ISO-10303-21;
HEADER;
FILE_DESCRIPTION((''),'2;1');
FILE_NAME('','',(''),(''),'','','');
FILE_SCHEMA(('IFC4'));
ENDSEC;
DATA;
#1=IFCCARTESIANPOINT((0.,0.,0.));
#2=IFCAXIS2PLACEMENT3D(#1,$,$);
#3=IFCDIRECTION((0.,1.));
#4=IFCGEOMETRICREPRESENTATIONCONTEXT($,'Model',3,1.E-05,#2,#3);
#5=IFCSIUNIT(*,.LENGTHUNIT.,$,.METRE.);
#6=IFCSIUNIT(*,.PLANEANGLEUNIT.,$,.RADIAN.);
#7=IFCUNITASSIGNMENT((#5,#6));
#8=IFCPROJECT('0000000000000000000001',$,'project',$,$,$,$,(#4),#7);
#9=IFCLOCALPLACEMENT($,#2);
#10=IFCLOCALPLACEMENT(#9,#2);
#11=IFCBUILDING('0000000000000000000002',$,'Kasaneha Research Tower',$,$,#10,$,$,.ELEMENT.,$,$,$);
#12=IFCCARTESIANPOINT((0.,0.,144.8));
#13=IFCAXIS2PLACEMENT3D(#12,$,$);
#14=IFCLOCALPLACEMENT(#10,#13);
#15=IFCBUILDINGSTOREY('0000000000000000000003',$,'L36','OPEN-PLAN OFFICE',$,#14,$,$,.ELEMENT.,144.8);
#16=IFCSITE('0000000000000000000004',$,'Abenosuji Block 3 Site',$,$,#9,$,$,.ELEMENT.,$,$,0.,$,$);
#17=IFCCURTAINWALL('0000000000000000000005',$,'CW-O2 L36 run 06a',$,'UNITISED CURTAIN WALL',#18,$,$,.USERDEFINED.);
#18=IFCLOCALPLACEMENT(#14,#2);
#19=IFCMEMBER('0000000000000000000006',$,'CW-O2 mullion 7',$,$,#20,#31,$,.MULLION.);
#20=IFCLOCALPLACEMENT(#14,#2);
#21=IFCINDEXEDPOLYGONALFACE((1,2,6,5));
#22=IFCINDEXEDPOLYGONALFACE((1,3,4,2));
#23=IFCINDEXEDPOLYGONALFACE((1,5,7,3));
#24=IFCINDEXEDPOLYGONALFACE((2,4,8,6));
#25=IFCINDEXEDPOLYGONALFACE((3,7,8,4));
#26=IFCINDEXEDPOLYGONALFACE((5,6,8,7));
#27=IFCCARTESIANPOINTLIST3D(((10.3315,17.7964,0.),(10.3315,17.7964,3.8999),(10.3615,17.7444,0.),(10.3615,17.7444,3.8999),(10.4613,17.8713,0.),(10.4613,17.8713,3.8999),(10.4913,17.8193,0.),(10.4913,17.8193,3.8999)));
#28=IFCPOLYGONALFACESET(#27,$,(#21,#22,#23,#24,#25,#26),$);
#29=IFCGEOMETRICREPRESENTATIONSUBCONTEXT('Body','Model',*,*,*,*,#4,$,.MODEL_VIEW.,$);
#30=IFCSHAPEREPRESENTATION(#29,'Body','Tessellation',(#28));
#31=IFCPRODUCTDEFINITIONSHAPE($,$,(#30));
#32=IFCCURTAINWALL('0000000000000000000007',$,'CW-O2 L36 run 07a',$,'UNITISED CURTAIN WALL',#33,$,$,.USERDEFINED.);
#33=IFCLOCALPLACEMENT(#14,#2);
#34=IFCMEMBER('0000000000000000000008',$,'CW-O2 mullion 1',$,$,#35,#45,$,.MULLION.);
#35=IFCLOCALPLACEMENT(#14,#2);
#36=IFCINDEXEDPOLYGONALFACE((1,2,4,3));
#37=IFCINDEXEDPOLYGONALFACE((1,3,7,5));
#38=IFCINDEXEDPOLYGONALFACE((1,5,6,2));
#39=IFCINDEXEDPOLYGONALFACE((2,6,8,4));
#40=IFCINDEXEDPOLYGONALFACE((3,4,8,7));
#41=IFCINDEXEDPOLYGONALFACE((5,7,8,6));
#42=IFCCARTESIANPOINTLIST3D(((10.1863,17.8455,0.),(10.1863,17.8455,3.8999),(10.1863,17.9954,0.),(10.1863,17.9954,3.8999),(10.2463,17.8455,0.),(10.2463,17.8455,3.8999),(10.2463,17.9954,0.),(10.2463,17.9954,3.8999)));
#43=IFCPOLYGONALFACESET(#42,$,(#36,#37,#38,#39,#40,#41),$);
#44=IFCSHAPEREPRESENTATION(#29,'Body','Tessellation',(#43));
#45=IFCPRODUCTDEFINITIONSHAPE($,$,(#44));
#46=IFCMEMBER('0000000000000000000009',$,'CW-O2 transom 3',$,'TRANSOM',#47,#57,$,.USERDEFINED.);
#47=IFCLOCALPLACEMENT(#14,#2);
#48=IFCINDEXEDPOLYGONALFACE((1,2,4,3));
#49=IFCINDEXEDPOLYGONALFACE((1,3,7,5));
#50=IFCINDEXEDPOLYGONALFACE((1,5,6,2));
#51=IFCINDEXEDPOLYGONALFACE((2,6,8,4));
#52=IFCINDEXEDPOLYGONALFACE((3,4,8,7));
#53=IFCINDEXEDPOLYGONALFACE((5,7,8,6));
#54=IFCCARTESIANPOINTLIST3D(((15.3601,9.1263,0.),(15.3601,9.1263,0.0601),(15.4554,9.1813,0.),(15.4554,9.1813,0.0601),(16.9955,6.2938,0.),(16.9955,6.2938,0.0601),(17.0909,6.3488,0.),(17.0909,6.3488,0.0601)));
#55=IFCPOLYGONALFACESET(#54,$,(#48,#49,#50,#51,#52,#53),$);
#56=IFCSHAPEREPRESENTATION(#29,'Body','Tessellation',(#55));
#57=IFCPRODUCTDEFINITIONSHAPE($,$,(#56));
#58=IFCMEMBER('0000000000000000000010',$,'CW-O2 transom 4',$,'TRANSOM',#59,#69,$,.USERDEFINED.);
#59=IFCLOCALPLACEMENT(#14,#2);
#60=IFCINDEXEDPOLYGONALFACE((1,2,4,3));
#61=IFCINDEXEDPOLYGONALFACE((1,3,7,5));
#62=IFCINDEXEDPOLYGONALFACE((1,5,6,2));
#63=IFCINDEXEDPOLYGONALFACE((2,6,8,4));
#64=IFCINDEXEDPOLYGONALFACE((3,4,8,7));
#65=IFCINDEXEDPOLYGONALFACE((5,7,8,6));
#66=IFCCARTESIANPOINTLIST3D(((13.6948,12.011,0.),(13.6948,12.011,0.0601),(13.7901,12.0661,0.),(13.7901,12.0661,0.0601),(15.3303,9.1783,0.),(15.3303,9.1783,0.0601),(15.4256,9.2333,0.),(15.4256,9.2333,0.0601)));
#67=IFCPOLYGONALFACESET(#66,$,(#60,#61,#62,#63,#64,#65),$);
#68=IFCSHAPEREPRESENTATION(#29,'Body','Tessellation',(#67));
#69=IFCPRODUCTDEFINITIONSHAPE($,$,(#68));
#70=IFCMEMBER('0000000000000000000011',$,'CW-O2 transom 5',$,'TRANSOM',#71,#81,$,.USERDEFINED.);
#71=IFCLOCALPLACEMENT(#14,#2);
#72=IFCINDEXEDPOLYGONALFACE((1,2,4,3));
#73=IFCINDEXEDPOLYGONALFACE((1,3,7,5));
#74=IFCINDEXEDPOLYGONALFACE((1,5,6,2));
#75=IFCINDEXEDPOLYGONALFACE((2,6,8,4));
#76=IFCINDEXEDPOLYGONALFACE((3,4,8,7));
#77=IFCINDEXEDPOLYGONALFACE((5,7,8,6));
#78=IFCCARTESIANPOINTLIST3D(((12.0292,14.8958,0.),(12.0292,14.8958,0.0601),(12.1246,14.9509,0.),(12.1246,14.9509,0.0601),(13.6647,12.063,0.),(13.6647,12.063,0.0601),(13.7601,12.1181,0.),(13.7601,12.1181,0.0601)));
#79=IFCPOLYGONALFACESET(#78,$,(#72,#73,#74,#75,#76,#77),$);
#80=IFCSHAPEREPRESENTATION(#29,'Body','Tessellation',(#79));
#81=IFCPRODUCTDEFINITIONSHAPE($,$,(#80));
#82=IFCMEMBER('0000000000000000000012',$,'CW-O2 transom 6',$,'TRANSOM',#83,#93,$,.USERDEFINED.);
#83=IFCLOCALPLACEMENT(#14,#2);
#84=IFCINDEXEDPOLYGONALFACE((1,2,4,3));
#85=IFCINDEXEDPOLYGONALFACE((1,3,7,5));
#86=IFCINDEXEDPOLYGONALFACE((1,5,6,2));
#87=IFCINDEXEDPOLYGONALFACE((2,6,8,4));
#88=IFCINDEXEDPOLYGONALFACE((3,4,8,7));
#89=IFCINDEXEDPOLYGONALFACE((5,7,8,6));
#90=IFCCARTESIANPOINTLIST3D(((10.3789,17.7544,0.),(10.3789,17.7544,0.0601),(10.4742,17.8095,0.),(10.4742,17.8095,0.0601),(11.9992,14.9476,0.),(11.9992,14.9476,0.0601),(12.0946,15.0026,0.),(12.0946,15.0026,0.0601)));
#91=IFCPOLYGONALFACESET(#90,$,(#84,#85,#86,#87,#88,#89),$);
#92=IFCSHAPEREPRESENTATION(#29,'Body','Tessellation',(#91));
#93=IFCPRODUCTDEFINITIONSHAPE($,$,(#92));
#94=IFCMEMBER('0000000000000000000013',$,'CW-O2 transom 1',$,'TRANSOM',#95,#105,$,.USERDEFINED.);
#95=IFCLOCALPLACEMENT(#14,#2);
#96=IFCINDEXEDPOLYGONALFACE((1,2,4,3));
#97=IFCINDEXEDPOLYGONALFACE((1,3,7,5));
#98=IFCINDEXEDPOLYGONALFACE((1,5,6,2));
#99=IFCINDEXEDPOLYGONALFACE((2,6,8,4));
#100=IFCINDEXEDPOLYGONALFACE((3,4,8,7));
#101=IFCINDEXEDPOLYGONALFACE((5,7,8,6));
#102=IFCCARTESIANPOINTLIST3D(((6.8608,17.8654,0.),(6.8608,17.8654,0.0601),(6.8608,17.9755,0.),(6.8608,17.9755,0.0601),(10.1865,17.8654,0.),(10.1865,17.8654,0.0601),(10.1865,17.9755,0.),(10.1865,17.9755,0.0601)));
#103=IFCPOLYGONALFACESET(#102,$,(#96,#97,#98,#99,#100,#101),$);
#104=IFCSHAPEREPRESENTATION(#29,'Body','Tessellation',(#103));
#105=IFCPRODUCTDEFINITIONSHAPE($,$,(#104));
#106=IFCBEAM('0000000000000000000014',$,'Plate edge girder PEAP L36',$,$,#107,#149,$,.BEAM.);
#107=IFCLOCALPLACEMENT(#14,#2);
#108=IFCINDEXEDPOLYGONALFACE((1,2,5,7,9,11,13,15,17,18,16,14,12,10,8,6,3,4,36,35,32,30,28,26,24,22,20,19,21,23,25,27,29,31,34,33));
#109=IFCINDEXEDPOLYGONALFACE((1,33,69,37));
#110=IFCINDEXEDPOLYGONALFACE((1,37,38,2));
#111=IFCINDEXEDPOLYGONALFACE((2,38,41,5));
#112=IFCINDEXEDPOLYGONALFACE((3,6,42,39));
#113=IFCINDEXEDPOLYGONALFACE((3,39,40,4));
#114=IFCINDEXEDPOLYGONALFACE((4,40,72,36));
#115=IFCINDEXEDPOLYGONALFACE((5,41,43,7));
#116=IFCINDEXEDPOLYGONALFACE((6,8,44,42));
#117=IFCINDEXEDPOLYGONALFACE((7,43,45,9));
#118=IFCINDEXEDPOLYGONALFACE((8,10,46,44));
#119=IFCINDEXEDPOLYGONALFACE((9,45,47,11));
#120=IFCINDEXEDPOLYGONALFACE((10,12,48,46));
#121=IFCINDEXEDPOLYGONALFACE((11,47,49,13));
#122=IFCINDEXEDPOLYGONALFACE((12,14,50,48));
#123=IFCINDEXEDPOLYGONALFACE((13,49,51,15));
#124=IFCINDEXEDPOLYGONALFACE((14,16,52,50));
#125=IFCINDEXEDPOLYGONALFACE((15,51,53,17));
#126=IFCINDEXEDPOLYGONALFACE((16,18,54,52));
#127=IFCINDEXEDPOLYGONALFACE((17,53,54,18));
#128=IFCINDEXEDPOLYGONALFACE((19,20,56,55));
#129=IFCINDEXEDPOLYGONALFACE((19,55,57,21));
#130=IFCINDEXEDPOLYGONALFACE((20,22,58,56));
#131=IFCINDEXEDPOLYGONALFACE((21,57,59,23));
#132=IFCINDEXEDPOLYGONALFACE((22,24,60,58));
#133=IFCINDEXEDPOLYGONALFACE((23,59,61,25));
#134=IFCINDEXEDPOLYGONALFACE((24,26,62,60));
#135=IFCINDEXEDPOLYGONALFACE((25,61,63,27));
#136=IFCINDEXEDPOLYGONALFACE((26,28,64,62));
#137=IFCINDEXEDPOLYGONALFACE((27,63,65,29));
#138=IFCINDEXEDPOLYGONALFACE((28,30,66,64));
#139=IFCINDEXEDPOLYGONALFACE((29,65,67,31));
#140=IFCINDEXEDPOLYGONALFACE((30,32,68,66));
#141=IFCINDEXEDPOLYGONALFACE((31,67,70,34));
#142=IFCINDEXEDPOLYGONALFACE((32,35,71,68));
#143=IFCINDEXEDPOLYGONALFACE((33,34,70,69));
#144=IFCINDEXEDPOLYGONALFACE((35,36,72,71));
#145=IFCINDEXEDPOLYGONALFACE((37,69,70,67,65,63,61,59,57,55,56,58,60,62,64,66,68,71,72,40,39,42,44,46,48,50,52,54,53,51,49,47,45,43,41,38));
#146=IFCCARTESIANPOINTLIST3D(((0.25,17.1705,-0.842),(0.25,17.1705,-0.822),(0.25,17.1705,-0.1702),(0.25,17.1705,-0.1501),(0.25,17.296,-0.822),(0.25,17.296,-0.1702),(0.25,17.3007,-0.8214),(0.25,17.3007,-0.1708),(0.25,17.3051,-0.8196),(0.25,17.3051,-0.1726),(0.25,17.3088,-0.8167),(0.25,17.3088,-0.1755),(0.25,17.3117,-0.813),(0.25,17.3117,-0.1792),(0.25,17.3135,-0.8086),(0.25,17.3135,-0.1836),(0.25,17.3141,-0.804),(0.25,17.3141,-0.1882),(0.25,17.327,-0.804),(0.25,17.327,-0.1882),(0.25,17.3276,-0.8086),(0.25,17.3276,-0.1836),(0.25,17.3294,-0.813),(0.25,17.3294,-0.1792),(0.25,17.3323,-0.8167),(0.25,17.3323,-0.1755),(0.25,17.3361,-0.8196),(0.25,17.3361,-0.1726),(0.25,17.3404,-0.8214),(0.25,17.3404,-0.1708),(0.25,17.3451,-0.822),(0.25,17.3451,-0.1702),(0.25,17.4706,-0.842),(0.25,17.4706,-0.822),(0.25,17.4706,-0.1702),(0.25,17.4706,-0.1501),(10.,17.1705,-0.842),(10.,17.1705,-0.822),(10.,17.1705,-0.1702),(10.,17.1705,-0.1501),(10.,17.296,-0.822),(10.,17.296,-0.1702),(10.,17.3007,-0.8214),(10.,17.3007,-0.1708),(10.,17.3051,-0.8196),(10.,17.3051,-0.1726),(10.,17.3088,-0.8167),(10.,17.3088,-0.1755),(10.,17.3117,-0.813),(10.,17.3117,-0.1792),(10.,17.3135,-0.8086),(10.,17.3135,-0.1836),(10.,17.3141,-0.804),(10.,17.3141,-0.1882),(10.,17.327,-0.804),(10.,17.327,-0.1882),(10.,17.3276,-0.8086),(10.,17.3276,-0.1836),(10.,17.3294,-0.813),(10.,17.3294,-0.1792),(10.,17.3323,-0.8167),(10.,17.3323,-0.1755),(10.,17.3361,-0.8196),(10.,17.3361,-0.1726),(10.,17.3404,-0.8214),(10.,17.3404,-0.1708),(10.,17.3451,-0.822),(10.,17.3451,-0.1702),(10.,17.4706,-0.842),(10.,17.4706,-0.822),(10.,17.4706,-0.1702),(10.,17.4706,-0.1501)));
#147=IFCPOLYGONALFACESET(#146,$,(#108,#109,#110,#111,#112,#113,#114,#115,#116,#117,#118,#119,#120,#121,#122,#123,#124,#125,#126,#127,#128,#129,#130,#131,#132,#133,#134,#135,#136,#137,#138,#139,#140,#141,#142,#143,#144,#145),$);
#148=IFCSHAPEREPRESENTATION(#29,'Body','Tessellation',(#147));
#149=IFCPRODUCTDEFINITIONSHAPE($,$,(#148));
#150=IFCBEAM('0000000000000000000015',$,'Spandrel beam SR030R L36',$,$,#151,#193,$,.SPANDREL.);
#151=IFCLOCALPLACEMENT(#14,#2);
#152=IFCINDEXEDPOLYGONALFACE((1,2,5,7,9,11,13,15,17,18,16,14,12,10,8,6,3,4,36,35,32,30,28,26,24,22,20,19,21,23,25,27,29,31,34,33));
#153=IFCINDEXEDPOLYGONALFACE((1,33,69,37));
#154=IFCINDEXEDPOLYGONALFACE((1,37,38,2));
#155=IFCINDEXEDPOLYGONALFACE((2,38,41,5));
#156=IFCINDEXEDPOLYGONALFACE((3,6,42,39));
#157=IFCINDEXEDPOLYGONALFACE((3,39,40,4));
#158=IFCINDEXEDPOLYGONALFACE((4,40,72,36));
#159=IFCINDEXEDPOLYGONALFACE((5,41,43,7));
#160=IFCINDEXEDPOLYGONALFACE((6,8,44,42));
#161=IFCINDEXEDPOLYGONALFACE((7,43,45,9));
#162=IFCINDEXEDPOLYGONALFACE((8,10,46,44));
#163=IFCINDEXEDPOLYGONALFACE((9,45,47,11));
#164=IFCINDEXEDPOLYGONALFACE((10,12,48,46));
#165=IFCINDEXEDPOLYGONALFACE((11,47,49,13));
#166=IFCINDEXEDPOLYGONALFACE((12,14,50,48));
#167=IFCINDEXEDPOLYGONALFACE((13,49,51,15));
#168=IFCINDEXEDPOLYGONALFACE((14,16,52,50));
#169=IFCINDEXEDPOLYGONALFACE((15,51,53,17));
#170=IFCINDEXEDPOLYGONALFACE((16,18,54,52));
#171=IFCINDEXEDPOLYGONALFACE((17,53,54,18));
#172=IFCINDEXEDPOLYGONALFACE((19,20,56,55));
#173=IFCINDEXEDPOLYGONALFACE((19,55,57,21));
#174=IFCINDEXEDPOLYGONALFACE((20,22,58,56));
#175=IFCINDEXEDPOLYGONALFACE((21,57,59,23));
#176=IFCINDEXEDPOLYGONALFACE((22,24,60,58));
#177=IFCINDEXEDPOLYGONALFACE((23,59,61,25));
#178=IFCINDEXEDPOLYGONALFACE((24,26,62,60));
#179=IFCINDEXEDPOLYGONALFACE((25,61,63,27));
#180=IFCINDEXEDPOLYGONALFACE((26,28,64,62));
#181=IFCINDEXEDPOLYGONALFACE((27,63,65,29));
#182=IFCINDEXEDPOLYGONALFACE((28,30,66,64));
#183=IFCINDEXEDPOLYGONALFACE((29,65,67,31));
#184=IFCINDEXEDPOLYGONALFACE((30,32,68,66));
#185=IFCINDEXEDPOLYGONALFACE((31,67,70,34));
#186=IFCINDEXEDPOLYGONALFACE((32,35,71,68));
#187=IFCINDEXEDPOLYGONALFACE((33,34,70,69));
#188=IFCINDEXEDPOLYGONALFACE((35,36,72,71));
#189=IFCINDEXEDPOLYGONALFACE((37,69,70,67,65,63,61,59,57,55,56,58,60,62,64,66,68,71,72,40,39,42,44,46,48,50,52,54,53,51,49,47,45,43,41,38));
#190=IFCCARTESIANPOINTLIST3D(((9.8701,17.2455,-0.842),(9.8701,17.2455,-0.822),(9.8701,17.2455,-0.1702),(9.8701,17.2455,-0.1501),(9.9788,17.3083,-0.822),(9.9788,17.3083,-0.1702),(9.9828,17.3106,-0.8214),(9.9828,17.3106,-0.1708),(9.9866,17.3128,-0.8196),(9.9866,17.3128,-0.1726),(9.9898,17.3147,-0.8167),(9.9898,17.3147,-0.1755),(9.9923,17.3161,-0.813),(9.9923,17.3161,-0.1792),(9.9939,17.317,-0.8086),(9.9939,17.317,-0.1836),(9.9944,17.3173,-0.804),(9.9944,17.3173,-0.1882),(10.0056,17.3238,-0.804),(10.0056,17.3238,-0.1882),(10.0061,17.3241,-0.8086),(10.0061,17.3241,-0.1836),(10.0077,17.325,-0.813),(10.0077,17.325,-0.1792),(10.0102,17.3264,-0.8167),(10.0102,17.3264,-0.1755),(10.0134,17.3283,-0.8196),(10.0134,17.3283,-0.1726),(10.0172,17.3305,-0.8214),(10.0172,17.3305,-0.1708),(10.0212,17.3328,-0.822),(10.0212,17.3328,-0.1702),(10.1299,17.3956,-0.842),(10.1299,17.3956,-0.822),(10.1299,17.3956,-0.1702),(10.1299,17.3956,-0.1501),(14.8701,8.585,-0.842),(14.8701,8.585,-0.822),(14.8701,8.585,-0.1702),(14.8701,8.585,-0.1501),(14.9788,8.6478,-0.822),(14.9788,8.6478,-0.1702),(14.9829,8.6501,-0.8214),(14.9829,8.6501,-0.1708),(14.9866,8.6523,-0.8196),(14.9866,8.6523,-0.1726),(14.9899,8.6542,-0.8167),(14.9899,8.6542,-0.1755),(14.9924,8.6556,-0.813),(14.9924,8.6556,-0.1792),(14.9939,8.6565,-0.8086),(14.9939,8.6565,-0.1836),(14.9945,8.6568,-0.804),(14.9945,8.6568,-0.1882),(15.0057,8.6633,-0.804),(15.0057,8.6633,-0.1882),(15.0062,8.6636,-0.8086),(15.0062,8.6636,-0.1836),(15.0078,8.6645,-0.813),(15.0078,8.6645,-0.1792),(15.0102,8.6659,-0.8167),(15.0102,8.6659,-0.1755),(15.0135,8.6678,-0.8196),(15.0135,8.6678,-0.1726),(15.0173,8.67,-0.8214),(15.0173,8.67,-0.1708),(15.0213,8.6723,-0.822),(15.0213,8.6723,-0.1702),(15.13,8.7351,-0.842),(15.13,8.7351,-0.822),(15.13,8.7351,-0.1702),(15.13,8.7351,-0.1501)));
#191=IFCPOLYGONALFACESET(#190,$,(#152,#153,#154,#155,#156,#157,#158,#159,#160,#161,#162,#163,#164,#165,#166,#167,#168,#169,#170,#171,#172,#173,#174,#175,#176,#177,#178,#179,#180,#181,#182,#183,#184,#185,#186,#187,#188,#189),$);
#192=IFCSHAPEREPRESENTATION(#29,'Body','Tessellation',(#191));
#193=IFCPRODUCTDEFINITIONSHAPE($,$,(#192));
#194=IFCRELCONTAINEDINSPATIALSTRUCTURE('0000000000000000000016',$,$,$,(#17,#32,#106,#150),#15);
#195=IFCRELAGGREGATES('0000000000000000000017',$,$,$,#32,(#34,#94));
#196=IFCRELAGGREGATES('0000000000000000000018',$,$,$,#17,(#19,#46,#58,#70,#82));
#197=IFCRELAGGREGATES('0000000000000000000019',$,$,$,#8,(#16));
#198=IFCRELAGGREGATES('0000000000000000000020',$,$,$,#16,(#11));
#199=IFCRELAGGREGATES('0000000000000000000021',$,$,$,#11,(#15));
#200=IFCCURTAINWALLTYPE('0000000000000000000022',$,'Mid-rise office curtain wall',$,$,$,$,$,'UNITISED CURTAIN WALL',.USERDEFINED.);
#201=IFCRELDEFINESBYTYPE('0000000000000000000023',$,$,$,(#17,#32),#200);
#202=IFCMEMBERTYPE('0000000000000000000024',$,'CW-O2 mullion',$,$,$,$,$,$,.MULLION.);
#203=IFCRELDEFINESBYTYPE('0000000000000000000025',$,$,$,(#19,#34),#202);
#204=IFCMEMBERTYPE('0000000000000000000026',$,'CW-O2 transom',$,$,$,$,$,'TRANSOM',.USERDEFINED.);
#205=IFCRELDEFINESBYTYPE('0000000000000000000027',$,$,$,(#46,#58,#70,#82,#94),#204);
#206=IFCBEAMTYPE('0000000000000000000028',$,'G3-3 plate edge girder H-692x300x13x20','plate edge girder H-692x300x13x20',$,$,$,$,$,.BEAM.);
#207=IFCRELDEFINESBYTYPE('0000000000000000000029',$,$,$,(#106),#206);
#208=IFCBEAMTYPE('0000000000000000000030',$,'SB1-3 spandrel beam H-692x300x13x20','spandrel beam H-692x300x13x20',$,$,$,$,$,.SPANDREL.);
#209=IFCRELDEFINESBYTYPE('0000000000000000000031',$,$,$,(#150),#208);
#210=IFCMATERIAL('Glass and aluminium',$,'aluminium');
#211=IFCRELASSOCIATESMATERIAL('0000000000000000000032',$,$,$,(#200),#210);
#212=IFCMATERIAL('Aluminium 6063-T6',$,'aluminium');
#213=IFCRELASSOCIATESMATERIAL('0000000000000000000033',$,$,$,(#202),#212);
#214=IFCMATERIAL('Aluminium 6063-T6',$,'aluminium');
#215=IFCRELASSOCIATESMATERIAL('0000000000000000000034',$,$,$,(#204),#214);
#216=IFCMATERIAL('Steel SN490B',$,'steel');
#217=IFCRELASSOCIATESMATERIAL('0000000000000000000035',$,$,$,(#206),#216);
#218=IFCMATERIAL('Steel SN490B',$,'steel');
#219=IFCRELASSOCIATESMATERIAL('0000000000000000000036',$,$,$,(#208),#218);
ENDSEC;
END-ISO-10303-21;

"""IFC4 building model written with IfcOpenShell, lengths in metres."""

from ifc_helpers import new_model, si_unit, direction, frame, origin, origin_2d, place, context, subcontext, project, spatial, rectangle, i_section, extrude, material, material_profile, profile_set, type_object, element, aggregate, save


model = new_model("IFC4")

# Units and contexts
model_context = context("Model", 3, precision=1e-05, world=origin(), true_north=direction((0.0, 1.0)))
body_context = subcontext(model_context, "Body", "Model", "MODEL_VIEW")
ifc_project = project(units=[si_unit("LENGTHUNIT", "METRE"), si_unit("PLANEANGLEUNIT", "RADIAN")], contexts=[model_context])

# Site, building, storey
site_placement = place(None, origin())
site = spatial("IfcSite", under=ifc_project, at=site_placement, Name="Abenosuji Block 3 Site", CompositionType="ELEMENT", RefElevation=0.0)
building_placement = place(site_placement, origin())
building = spatial("IfcBuilding", under=site, at=building_placement, Name="Kasaneha Research Tower", CompositionType="ELEMENT")
storey_placement = place(building_placement, frame((0.0, 0.0, 144.8)))
storey = spatial("IfcBuildingStorey", under=building, at=storey_placement, Name="L36", Description="OPEN-PLAN OFFICE", CompositionType="ELEMENT", Elevation=144.8)

# Curtain wall, member
ifc_material_1 = material(Name="Glass and aluminium", Category="aluminium")
curtain_wall_type = type_object("IfcCurtainWallType", Name="Mid-rise office curtain wall", ElementType="UNITISED CURTAIN WALL", PredefinedType="USERDEFINED", material=ifc_material_1)
curtain_wall_1_placement = place(storey_placement, origin())
curtain_wall_1 = element("IfcCurtainWall", 1, at=curtain_wall_1_placement, inside=storey, type_object=curtain_wall_type, Name="CW-O2 L36 run 06a", ObjectType="UNITISED CURTAIN WALL", PredefinedType="USERDEFINED")
ifc_material_2 = material(Name="Aluminium 6063-T6", Category="aluminium")
ifc_material_profile_1 = material_profile(ifc_material_2, rectangle(XDim=0.0601, YDim=0.1499, at=origin_2d()), Name="CW-O2 mullion 60x150")
ifc_profile_set_1 = profile_set([ifc_material_profile_1], Name="Aluminium 6063-T6")
member_type_1 = type_object("IfcMemberType", Name="CW-O2 mullion", PredefinedType="MULLION", material=ifc_profile_set_1)
member_1_placement = place(storey_placement, frame((10.4114, 17.8079, 0.0), z_axis=(0.0, 0.0, 1.0), x_axis=(-0.5, 0.866025, 0.0)))
member_1 = element("IfcMember", 2, at=member_1_placement, type_object=member_type_1, Name="CW-O2 mullion 7", PredefinedType="MULLION", context=body_context, shape_type="SweptSolid", body=[
    extrude(rectangle(XDim=0.0601, YDim=0.1499, at=origin_2d()), origin(), (0.0, 0.0, 1.0), 3.8999),
])

# Curtain wall, member
curtain_wall_2_placement = place(storey_placement, origin())
curtain_wall_2 = element("IfcCurtainWall", 3, at=curtain_wall_2_placement, inside=storey, type_object=curtain_wall_type, Name="CW-O2 L36 run 07a", ObjectType="UNITISED CURTAIN WALL", PredefinedType="USERDEFINED")
member_2_placement = place(storey_placement, frame((10.2163, 17.9204, 0.0), z_axis=(0.0, 0.0, 1.0), x_axis=(-1.0, 0.0, 0.0)))
member_2 = element("IfcMember", 4, at=member_2_placement, type_object=member_type_1, Name="CW-O2 mullion 1", PredefinedType="MULLION", context=body_context, shape_type="SweptSolid", body=[
    extrude(rectangle(XDim=0.0601, YDim=0.1499, at=origin_2d()), origin(), (0.0, 0.0, 1.0), 3.8999),
])

# Members
ifc_material_3 = material(Name="Aluminium 6063-T6", Category="aluminium")
ifc_material_profile_2 = material_profile(ifc_material_3, rectangle(XDim=0.1101, YDim=0.0601, at=origin_2d()), Name="CW-O2 transom 110x60")
ifc_profile_set_2 = profile_set([ifc_material_profile_2], Name="Aluminium 6063-T6")
member_type_2 = type_object("IfcMemberType", Name="CW-O2 transom", ElementType="TRANSOM", PredefinedType="USERDEFINED", material=ifc_profile_set_2)
member_3_placement = place(storey_placement, frame((17.0432, 6.3213, 0.03), z_axis=(-0.500033, 0.866007, 0.0), x_axis=(-0.866007, -0.500033, 0.0)))
member_3 = element("IfcMember", 5, at=member_3_placement, type_object=member_type_2, Name="CW-O2 transom 3", ObjectType="TRANSOM", PredefinedType="USERDEFINED", context=body_context, shape_type="SweptSolid", body=[
    extrude(rectangle(XDim=0.1101, YDim=0.0601, at=origin_2d()), origin(), (0.0, 0.0, 1.0), 3.2708),
])
member_4_placement = place(storey_placement, frame((15.3779, 9.2058, 0.03), z_axis=(-0.5, 0.866025, 0.0), x_axis=(-0.866025, -0.5, 0.0)))
member_4 = element("IfcMember", 6, at=member_4_placement, type_object=member_type_2, Name="CW-O2 transom 4", ObjectType="TRANSOM", PredefinedType="USERDEFINED", context=body_context, shape_type="SweptSolid", body=[
    extrude(rectangle(XDim=0.1101, YDim=0.0601, at=origin_2d()), origin(), (0.0, 0.0, 1.0), 3.271),
])
member_5_placement = place(storey_placement, frame((13.7124, 12.0906, 0.03), z_axis=(-0.5, 0.866025, 0.0), x_axis=(-0.866025, -0.5, 0.0)))
member_5 = element("IfcMember", 7, at=member_5_placement, type_object=member_type_2, Name="CW-O2 transom 5", ObjectType="TRANSOM", PredefinedType="USERDEFINED", context=body_context, shape_type="SweptSolid", body=[
    extrude(rectangle(XDim=0.1101, YDim=0.0601, at=origin_2d()), origin(), (0.0, 0.0, 1.0), 3.271),
])
member_6_placement = place(storey_placement, frame((12.0469, 14.9751, 0.03), z_axis=(-0.499955, 0.866051, 0.0), x_axis=(-0.866051, -0.499955, 0.0)))
member_6 = element("IfcMember", 8, at=member_6_placement, type_object=member_type_2, Name="CW-O2 transom 6", ObjectType="TRANSOM", PredefinedType="USERDEFINED", context=body_context, shape_type="SweptSolid", body=[
    extrude(rectangle(XDim=0.1101, YDim=0.0601, at=origin_2d()), origin(), (0.0, 0.0, 1.0), 3.241),
])
member_7_placement = place(storey_placement, frame((10.1865, 17.9204, 0.03), z_axis=(-1.0, 0.0, 0.0), x_axis=(0.0, -1.0, 0.0)))
member_7 = element("IfcMember", 9, at=member_7_placement, type_object=member_type_2, Name="CW-O2 transom 1", ObjectType="TRANSOM", PredefinedType="USERDEFINED", context=body_context, shape_type="SweptSolid", body=[
    extrude(rectangle(XDim=0.1101, YDim=0.0601, at=origin_2d()), origin(), (0.0, 0.0, 1.0), 3.3257),
])
aggregate(curtain_wall_2, [member_2, member_7])

# Beams
ifc_material_4 = material(Name="Steel SN490B", Category="steel")
ifc_material_profile_3 = material_profile(ifc_material_4, i_section(OverallWidth=0.3, OverallDepth=0.6919, WebThickness=0.0129, FlangeThickness=0.02, FilletRadius=0.0181, at=origin_2d()), Name="H-692x300x13x20")
ifc_profile_set_3 = profile_set([ifc_material_profile_3], Name="Steel SN490B")
beam_type_1 = type_object("IfcBeamType", Name="G3-3 plate edge girder H-692x300x13x20", Description="plate edge girder H-692x300x13x20", PredefinedType="BEAM", material=ifc_profile_set_3)
beam_1_placement = place(storey_placement, frame((10.0, 17.3206, -0.4961), z_axis=(-1.0, 0.0, 0.0), x_axis=(0.0, -1.0, 0.0)))
element("IfcBeam", 10, at=beam_1_placement, inside=storey, type_object=beam_type_1, Name="Plate edge girder PEAP L36", PredefinedType="BEAM", context=body_context, shape_type="SweptSolid", body=[
    extrude(i_section(OverallWidth=0.3, OverallDepth=0.6919, WebThickness=0.0129, FlangeThickness=0.02, FilletRadius=0.0181, at=origin_2d()), origin(), (0.0, 0.0, 1.0), 9.75),
])
ifc_material_5 = material(Name="Steel SN490B", Category="steel")
ifc_material_profile_4 = material_profile(ifc_material_5, i_section(OverallWidth=0.3, OverallDepth=0.6919, WebThickness=0.0129, FlangeThickness=0.02, FilletRadius=0.0181, at=origin_2d()), Name="H-692x300x13x20")
ifc_profile_set_4 = profile_set([ifc_material_profile_4], Name="Steel SN490B")
beam_type_2 = type_object("IfcBeamType", Name="SB1-3 spandrel beam H-692x300x13x20", Description="spandrel beam H-692x300x13x20", PredefinedType="SPANDREL", material=ifc_profile_set_4)
beam_2_placement = place(storey_placement, frame((10.0, 17.3206, -0.4961), z_axis=(0.499994, -0.866029, 0.0), x_axis=(0.866029, 0.499994, 0.0)))
element("IfcBeam", 11, at=beam_2_placement, inside=storey, type_object=beam_type_2, Name="Spandrel beam SR030R L36", PredefinedType="SPANDREL", context=body_context, shape_type="SweptSolid", body=[
    extrude(i_section(OverallWidth=0.3, OverallDepth=0.6919, WebThickness=0.0129, FlangeThickness=0.02, FilletRadius=0.0181, at=origin_2d()), origin(), (0.0, 0.0, 1.0), 10.0002),
])

aggregate(curtain_wall_1, [member_1, member_3, member_4, member_5, member_6])

save(model, "model.ifc")
